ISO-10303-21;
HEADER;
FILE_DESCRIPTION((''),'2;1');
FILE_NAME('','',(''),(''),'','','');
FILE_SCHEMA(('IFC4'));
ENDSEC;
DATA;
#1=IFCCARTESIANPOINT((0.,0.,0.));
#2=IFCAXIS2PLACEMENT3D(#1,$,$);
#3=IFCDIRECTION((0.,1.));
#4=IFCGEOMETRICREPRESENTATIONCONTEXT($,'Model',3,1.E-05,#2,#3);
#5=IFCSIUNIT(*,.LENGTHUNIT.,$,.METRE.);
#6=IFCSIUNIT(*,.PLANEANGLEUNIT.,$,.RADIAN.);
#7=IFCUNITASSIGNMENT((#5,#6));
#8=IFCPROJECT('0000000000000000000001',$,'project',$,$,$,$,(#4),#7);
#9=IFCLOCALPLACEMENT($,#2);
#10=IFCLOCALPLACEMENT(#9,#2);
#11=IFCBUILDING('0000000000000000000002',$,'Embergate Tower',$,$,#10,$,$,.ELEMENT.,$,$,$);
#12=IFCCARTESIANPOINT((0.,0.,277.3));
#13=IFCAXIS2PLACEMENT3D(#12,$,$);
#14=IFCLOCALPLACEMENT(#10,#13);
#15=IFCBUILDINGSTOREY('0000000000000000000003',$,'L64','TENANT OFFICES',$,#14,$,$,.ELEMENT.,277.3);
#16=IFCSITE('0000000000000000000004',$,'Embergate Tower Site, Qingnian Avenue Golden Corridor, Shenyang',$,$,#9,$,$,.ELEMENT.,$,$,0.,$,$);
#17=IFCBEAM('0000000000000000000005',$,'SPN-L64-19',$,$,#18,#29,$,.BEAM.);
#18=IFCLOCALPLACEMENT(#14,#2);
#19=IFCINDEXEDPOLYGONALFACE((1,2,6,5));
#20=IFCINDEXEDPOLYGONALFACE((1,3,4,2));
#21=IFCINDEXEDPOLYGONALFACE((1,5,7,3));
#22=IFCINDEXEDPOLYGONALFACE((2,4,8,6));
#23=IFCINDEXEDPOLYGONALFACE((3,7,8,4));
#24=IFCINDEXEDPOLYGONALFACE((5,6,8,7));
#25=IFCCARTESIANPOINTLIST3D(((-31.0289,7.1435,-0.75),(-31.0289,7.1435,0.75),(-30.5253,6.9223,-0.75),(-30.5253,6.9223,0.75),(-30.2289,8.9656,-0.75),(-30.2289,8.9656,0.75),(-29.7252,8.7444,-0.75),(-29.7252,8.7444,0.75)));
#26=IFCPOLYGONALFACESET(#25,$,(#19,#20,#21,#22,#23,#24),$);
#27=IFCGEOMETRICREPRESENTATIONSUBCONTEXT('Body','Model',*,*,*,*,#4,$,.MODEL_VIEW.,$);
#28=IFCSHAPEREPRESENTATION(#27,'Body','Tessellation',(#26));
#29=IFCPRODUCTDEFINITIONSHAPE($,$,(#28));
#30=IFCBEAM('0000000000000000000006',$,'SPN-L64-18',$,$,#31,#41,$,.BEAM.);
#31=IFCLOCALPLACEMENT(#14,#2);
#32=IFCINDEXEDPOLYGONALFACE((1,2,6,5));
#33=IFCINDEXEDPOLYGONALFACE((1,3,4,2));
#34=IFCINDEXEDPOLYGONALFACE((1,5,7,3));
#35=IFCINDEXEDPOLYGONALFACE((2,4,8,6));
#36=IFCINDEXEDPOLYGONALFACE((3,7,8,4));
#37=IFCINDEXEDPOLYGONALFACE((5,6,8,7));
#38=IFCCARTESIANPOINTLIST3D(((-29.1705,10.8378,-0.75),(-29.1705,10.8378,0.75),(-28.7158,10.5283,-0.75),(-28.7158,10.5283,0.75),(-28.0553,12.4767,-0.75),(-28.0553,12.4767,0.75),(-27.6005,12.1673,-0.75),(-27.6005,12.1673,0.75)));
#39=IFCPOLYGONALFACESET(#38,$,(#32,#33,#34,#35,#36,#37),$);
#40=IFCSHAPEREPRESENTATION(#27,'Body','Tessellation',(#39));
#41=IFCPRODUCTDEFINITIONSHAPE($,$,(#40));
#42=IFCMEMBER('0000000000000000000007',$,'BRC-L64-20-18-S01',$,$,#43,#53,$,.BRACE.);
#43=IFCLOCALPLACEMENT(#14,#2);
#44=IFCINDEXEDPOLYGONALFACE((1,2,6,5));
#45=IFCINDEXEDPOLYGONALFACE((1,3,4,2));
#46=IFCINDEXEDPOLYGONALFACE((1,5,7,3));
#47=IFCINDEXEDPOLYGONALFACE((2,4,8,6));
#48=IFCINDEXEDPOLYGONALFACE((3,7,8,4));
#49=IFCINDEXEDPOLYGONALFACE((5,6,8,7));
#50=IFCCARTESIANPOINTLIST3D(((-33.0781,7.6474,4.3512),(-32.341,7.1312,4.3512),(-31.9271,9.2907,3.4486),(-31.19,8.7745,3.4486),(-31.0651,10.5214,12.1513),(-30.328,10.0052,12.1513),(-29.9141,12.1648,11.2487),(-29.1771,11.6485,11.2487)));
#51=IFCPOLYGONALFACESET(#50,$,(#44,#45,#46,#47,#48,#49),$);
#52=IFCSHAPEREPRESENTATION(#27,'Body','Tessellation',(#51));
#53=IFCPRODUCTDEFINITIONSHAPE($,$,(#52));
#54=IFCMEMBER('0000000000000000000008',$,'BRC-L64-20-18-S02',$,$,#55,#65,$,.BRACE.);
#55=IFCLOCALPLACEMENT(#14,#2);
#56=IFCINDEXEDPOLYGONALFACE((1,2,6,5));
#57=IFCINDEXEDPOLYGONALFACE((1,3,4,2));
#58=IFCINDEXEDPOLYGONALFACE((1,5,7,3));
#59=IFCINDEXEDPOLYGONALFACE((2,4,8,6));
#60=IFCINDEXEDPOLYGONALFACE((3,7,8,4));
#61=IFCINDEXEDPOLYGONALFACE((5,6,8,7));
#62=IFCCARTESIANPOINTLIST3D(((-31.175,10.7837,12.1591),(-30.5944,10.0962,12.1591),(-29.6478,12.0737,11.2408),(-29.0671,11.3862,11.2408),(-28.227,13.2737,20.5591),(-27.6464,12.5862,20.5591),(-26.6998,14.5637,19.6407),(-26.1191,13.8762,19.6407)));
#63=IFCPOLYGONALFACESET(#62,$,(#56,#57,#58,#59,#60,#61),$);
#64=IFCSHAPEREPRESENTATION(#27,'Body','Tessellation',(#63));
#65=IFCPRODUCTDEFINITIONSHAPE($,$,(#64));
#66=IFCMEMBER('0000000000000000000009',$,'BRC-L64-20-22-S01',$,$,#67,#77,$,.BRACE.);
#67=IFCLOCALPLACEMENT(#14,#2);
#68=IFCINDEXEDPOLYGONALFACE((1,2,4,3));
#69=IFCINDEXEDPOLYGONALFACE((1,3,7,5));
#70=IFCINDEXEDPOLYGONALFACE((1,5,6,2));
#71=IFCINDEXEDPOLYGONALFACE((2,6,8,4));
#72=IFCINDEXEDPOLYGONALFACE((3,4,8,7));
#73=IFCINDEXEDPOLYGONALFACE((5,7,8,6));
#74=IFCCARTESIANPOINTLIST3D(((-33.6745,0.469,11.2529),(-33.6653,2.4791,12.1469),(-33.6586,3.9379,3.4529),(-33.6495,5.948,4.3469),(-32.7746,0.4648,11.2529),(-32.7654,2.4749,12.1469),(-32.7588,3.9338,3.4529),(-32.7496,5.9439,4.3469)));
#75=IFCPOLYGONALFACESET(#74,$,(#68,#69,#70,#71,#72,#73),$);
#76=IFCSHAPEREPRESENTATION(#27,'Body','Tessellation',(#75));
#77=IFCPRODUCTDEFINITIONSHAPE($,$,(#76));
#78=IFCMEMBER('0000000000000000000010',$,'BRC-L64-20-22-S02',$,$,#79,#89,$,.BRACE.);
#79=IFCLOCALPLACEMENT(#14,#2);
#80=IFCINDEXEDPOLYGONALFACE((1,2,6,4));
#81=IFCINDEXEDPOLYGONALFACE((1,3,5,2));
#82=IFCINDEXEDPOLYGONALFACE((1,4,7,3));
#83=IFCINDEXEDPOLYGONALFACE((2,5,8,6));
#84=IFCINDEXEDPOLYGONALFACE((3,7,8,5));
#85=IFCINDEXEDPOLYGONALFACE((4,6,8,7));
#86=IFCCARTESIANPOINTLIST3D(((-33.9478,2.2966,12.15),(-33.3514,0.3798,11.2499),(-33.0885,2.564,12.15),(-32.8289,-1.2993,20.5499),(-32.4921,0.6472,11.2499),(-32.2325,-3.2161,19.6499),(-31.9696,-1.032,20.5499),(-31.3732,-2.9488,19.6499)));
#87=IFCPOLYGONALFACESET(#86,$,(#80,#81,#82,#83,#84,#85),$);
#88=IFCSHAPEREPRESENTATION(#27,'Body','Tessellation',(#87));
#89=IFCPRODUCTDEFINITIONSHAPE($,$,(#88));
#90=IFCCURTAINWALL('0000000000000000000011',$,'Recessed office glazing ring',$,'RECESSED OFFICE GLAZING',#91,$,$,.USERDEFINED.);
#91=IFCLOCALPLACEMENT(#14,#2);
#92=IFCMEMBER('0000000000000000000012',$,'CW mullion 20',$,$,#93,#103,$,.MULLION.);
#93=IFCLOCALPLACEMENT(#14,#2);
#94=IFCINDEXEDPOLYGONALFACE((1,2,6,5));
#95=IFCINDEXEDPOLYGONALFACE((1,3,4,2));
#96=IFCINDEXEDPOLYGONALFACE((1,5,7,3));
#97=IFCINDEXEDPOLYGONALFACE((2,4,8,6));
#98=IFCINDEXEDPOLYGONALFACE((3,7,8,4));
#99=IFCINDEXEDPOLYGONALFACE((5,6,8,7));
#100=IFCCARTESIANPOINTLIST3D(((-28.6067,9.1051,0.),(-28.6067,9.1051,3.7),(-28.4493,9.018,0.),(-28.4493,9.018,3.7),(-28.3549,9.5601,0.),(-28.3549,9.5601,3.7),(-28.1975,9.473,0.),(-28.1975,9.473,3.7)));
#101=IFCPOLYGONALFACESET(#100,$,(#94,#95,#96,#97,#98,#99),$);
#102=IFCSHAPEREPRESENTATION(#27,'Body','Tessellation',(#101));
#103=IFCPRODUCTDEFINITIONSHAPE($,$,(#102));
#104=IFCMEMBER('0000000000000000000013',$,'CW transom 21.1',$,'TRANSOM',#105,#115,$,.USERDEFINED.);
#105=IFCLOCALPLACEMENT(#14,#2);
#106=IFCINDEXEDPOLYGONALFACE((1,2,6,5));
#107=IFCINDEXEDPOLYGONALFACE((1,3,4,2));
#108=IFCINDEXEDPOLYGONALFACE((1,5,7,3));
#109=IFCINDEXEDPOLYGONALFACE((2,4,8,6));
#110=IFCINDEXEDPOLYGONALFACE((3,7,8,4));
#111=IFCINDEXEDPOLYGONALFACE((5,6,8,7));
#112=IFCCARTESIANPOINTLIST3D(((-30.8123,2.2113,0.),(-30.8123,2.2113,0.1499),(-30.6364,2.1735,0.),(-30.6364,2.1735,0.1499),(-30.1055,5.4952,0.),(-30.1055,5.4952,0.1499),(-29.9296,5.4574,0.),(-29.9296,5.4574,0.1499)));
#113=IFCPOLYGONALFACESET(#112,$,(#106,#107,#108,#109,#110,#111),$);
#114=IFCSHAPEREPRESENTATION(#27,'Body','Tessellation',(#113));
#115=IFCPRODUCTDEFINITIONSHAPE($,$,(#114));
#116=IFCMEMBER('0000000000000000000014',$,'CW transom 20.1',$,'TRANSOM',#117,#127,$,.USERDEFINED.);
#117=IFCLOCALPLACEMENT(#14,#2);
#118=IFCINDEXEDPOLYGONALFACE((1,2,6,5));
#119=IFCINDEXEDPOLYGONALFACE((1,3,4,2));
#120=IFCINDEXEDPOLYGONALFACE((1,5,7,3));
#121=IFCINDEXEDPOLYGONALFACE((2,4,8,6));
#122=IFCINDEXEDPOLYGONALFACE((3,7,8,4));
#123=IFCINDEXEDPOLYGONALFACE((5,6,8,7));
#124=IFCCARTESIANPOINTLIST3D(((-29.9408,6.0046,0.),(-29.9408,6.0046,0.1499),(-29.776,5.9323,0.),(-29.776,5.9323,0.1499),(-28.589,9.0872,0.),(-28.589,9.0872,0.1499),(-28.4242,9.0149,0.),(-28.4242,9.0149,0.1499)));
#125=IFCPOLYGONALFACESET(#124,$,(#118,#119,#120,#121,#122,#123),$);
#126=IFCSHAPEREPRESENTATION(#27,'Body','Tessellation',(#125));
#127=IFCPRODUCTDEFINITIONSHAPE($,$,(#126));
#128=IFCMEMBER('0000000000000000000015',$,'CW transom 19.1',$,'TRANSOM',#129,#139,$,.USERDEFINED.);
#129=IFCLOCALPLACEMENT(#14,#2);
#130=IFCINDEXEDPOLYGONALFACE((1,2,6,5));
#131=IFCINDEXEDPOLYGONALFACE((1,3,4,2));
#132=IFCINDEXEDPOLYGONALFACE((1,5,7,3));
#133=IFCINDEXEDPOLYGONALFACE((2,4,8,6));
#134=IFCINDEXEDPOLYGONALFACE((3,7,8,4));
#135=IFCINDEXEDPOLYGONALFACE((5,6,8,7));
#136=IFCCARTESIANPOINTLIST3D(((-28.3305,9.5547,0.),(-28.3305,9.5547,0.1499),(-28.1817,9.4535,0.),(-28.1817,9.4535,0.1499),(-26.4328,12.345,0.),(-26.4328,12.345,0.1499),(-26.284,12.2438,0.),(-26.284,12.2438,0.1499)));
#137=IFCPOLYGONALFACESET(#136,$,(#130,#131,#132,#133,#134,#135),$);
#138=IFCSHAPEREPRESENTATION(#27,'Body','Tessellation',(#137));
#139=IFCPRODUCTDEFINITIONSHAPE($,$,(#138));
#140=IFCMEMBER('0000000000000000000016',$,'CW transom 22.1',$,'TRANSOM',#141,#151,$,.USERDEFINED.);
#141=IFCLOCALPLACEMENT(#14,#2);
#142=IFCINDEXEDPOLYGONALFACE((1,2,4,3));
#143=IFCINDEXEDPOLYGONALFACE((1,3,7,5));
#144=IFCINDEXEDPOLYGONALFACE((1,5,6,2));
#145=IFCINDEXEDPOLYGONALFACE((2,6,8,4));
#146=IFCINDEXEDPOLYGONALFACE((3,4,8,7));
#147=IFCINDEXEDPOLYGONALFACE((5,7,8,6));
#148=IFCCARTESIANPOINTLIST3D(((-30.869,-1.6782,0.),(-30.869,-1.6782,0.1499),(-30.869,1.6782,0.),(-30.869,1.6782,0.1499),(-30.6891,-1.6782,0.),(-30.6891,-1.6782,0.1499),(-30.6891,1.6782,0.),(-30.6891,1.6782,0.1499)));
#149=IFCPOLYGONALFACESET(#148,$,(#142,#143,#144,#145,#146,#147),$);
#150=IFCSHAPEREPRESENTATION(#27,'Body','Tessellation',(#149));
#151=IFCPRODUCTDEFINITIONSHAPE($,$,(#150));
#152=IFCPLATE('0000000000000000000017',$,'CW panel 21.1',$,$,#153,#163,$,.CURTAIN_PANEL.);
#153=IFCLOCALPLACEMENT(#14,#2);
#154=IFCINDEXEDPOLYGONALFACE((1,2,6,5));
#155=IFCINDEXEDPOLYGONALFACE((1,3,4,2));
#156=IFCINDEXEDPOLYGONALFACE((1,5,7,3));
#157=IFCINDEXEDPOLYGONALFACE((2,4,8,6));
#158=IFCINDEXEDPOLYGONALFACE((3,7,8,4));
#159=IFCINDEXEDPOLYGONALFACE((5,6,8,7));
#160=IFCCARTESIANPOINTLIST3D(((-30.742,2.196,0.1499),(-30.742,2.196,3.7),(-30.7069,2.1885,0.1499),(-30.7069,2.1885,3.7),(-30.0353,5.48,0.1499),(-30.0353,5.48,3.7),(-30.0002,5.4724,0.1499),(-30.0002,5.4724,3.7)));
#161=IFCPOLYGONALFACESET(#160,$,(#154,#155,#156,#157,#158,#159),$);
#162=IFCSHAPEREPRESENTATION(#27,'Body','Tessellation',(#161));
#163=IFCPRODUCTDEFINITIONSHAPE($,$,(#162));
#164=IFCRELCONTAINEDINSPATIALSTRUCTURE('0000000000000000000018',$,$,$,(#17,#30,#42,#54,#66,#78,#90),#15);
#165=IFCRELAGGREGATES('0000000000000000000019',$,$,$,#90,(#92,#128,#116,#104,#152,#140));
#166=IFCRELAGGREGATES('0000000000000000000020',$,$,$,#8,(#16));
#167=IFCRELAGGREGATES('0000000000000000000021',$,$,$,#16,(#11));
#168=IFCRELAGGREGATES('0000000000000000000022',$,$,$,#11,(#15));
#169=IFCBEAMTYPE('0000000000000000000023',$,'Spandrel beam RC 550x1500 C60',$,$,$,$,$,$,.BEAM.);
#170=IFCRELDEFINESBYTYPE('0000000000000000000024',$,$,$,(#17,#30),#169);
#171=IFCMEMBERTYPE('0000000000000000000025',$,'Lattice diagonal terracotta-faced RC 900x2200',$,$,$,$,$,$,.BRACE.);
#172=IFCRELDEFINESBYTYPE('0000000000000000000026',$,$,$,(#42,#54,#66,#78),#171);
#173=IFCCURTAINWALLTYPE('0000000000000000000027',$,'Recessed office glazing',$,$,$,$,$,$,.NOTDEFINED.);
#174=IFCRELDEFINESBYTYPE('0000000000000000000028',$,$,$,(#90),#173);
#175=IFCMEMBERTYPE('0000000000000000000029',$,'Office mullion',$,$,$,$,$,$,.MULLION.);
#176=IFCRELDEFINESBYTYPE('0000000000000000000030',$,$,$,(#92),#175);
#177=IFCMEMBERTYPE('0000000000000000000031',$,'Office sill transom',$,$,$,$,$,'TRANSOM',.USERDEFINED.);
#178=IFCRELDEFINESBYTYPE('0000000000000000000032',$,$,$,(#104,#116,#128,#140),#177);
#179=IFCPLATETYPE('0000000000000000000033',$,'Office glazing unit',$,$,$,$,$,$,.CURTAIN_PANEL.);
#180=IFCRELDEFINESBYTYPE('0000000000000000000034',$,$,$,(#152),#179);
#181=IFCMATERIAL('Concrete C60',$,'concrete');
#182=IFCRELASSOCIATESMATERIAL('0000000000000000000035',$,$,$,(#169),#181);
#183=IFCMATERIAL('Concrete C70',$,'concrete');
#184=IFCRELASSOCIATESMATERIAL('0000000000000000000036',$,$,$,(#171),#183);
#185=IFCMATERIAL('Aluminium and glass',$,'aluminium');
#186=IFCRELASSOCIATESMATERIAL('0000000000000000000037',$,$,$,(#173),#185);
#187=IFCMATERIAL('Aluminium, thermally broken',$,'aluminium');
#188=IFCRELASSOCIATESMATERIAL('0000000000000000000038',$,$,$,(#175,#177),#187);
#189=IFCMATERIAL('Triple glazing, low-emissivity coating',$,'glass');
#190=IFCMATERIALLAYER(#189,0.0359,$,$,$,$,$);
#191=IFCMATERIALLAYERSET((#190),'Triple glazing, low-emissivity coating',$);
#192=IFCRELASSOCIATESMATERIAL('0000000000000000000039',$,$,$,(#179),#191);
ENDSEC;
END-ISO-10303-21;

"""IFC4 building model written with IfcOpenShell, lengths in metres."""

from ifc_helpers import new_model, si_unit, direction, frame, origin, origin_2d, place, context, subcontext, project, spatial, rectangle, extrude, source, transform, mapped, material, layer, layer_set, material_profile, profile_set, type_object, element, aggregate, save


model = new_model("IFC4")

# Units and contexts
model_context = context("Model", 3, precision=1e-05, world=origin(), true_north=direction((0.0, 1.0)))
body_context = subcontext(model_context, "Body", "Model", "MODEL_VIEW")
ifc_project = project(units=[si_unit("LENGTHUNIT", "METRE"), si_unit("PLANEANGLEUNIT", "RADIAN")], contexts=[model_context])

# Site, building, storey
site_placement = place(None, origin())
site = spatial("IfcSite", under=ifc_project, at=site_placement, Name="Embergate Tower Site, Qingnian Avenue Golden Corridor, Shenyang", CompositionType="ELEMENT", RefElevation=0.0)
building_placement = place(site_placement, origin())
building = spatial("IfcBuilding", under=site, at=building_placement, Name="Embergate Tower", CompositionType="ELEMENT")
storey_placement = place(building_placement, frame((0.0, 0.0, 277.3)))
storey = spatial("IfcBuildingStorey", under=building, at=storey_placement, Name="L64", Description="TENANT OFFICES", CompositionType="ELEMENT", Elevation=277.3)

# Beams
ifc_material_1 = material(Name="Concrete C60", Category="concrete")
ifc_material_profile_1 = material_profile(ifc_material_1, rectangle(XDim=0.55, YDim=1.5, at=origin_2d()), Name="RC 550x1500")
ifc_profile_set_1 = profile_set([ifc_material_profile_1], Name="Concrete C60")
beam_type = type_object("IfcBeamType", Name="Spandrel beam RC 550x1500 C60", PredefinedType="BEAM", material=ifc_profile_set_1)
shared_shape_1 = source(origin(), body_context, "Body", "SweptSolid", [
    extrude(rectangle(XDim=0.55, YDim=1.5, at=origin_2d()), origin(), (0.0, 0.0, 1.0), 1.99),
])
beam_1_placement = place(storey_placement, frame((-29.9771, 8.855, 0.0), z_axis=(-0.402048, -0.915619, 0.0), x_axis=(0.915619, -0.402048, 0.0)))
element("IfcBeam", 1, at=beam_1_placement, inside=storey, type_object=beam_type, Name="SPN-L64-19", PredefinedType="BEAM", context=body_context, shape_type="MappedRepresentation", body=[
    mapped(shared_shape_1, transform((0.0, 0.0, 0.0))),
])
shared_shape_2 = source(origin(), body_context, "Body", "SweptSolid", [
    extrude(rectangle(XDim=0.55, YDim=1.5, at=origin_2d()), origin(), (0.0, 0.0, 1.0), 1.9824),
])
beam_2_placement = place(storey_placement, frame((-27.8279, 12.322, 0.0), z_axis=(-0.562576, -0.826745, 0.0), x_axis=(0.826745, -0.562576, 0.0)))
element("IfcBeam", 2, at=beam_2_placement, inside=storey, type_object=beam_type, Name="SPN-L64-18", PredefinedType="BEAM", context=body_context, shape_type="MappedRepresentation", body=[
    mapped(shared_shape_2, transform((0.0, 0.0, 0.0))),
])

# Members
ifc_material_2 = material(Name="Concrete C70", Category="concrete")
ifc_material_profile_2 = material_profile(ifc_material_2, rectangle(XDim=0.8999, YDim=2.2, at=origin_2d()), Name="RC 900x2200")
ifc_profile_set_2 = profile_set([ifc_material_profile_2], Name="Concrete C70")
member_type_1 = type_object("IfcMemberType", Name="Lattice diagonal terracotta-faced RC 900x2200", PredefinedType="BRACE", material=ifc_profile_set_2)
shared_shape_3 = source(origin(), body_context, "Body", "SweptSolid", [
    extrude(rectangle(XDim=0.8999, YDim=2.2, at=origin_2d()), origin(), (0.0, 0.0, 1.0), 8.553),
])
member_1_placement = place(storey_placement, frame((-32.134, 8.2109, 3.8999), z_axis=(0.235351, 0.336028, 0.911973), x_axis=(-0.819082, 0.573677, 0.0)))
element("IfcMember", 3, at=member_1_placement, inside=storey, type_object=member_type_1, Name="BRC-L64-20-18-S01", PredefinedType="BRACE", context=body_context, shape_type="MappedRepresentation", body=[
    mapped(shared_shape_3, transform((0.0, 0.0, 0.0))),
])
shared_shape_4 = source(origin(), body_context, "Body", "SweptSolid", [
    extrude(rectangle(XDim=0.8999, YDim=2.2, at=origin_2d()), origin(), (0.0, 0.0, 1.0), 9.2439),
])
member_2_placement = place(storey_placement, frame((-30.1211, 11.085, 11.7), z_axis=(0.318914, 0.269367, 0.9087), x_axis=(-0.645267, 0.763957, 0.0)))
element("IfcMember", 4, at=member_2_placement, inside=storey, type_object=member_type_1, Name="BRC-L64-20-18-S02", PredefinedType="BRACE", context=body_context, shape_type="MappedRepresentation", body=[
    mapped(shared_shape_4, transform((0.0, 0.0, 0.0))),
])
shared_shape_5 = source(origin(), body_context, "Body", "SweptSolid", [
    extrude(rectangle(XDim=0.8999, YDim=2.2, at=origin_2d()), origin(), (0.0, 0.0, 1.0), 8.5366),
])
member_3_placement = place(storey_placement, frame((-33.2041, 4.9409, 3.8999), z_axis=(-0.001859, -0.406363, 0.91371), x_axis=(0.99999, -0.004575, 0.0)))
element("IfcMember", 5, at=member_3_placement, inside=storey, type_object=member_type_1, Name="BRC-L64-20-22-S01", PredefinedType="BRACE", context=body_context, shape_type="MappedRepresentation", body=[
    mapped(shared_shape_5, transform((0.0, 0.0, 0.0))),
])
shared_shape_6 = source(origin(), body_context, "Body", "SweptSolid", [
    extrude(rectangle(XDim=0.8999, YDim=2.2, at=origin_2d()), origin(), (0.0, 0.0, 1.0), 9.2056),
])
member_4_placement = place(storey_placement, frame((-33.22, 1.4719, 11.7), z_axis=(0.121547, -0.390631, 0.912488), x_axis=(0.954845, 0.297105, 0.0)))
element("IfcMember", 6, at=member_4_placement, inside=storey, type_object=member_type_1, Name="BRC-L64-20-22-S02", PredefinedType="BRACE", context=body_context, shape_type="MappedRepresentation", body=[
    mapped(shared_shape_6, transform((0.0, 0.0, 0.0))),
])

# Curtain wall, members, plate
ifc_material_3 = material(Name="Aluminium and glass", Category="aluminium")
curtain_wall_type = type_object("IfcCurtainWallType", Name="Recessed office glazing", PredefinedType="NOTDEFINED", material=ifc_material_3)
curtain_wall_placement = place(storey_placement, origin())
curtain_wall = element("IfcCurtainWall", 7, at=curtain_wall_placement, inside=storey, type_object=curtain_wall_type, Name="Recessed office glazing ring", ObjectType="RECESSED OFFICE GLAZING", PredefinedType="USERDEFINED")
ifc_material_4 = material(Name="Aluminium, thermally broken", Category="aluminium")
ifc_material_profile_3 = material_profile(ifc_material_4, rectangle(XDim=0.1799, YDim=0.52, at=origin_2d()), Name="AL 520x180")
ifc_profile_set_3 = profile_set([ifc_material_profile_3], Name="Aluminium, thermally broken")
member_type_2 = type_object("IfcMemberType", Name="Office mullion", PredefinedType="MULLION", material=ifc_profile_set_3)
shared_shape_7 = source(origin(), body_context, "Body", "SweptSolid", [
    extrude(rectangle(XDim=0.1799, YDim=0.52, at=origin_2d()), origin(), (0.0, 0.0, 1.0), 3.7),
])
member_5_placement = place(storey_placement, frame((-28.4021, 9.2891, 0.0), z_axis=(0.0, 0.0, 1.0), x_axis=(0.874993, -0.484136, 0.0)))
member_5 = element("IfcMember", 8, at=member_5_placement, type_object=member_type_2, Name="CW mullion 20", PredefinedType="MULLION", context=body_context, shape_type="MappedRepresentation", body=[
    mapped(shared_shape_7, transform((0.0, 0.0, 0.0))),
])
ifc_material_profile_4 = material_profile(ifc_material_4, rectangle(XDim=0.1799, YDim=0.1499, at=origin_2d()), Name="AL 150x180")
ifc_profile_set_4 = profile_set([ifc_material_profile_4], Name="Aluminium, thermally broken")
member_type_3 = type_object("IfcMemberType", Name="Office sill transom", ElementType="TRANSOM", PredefinedType="USERDEFINED", material=ifc_profile_set_4)
shared_shape_8 = source(origin(), body_context, "Body", "SweptSolid", [
    extrude(rectangle(XDim=0.1799, YDim=0.1499, at=origin_2d()), origin(), (0.0, 0.0, 1.0), 3.3591),
])
member_6_placement = place(storey_placement, frame((-30.0176, 5.4763, 0.075), z_axis=(-0.210408, -0.977614, 0.0), x_axis=(0.977614, -0.210408, 0.0)))
member_6 = element("IfcMember", 9, at=member_6_placement, type_object=member_type_3, Name="CW transom 21.1", ObjectType="TRANSOM", PredefinedType="USERDEFINED", context=body_context, shape_type="MappedRepresentation", body=[
    mapped(shared_shape_8, transform((0.0, 0.0, 0.0))),
])
shared_shape_9 = source(origin(), body_context, "Body", "SweptSolid", [
    extrude(rectangle(XDim=0.1799, YDim=0.1499, at=origin_2d()), origin(), (0.0, 0.0, 1.0), 3.366),
])
member_7_placement = place(storey_placement, frame((-28.5066, 9.051, 0.075), z_axis=(-0.401618, -0.915807, 0.0), x_axis=(0.915807, -0.401618, 0.0)))
member_7 = element("IfcMember", 10, at=member_7_placement, type_object=member_type_3, Name="CW transom 20.1", ObjectType="TRANSOM", PredefinedType="USERDEFINED", context=body_context, shape_type="MappedRepresentation", body=[
    mapped(shared_shape_9, transform((0.0, 0.0, 0.0))),
])
shared_shape_10 = source(origin(), body_context, "Body", "SweptSolid", [
    extrude(rectangle(XDim=0.1799, YDim=0.1499, at=origin_2d()), origin(), (0.0, 0.0, 1.0), 3.3745),
])
member_8_placement = place(storey_placement, frame((-26.3584, 12.2944, 0.075), z_axis=(-0.562373, -0.826883, 0.0), x_axis=(0.826883, -0.562373, 0.0)))
member_8 = element("IfcMember", 11, at=member_8_placement, type_object=member_type_3, Name="CW transom 19.1", ObjectType="TRANSOM", PredefinedType="USERDEFINED", context=body_context, shape_type="MappedRepresentation", body=[
    mapped(shared_shape_10, transform((0.0, 0.0, 0.0))),
])
shared_shape_11 = source(origin(), body_context, "Body", "SweptSolid", [
    extrude(rectangle(XDim=0.1799, YDim=0.1499, at=origin_2d()), origin(), (0.0, 0.0, 1.0), 3.3564),
])
member_9_placement = place(storey_placement, frame((-30.7791, 1.6782, 0.075), z_axis=(0.0, -1.0, 0.0), x_axis=(1.0, 0.0, 0.0)))
member_9 = element("IfcMember", 12, at=member_9_placement, type_object=member_type_3, Name="CW transom 22.1", ObjectType="TRANSOM", PredefinedType="USERDEFINED", context=body_context, shape_type="MappedRepresentation", body=[
    mapped(shared_shape_11, transform((0.0, 0.0, 0.0))),
])
ifc_material_5 = material(Name="Triple glazing, low-emissivity coating", Category="glass")
ifc_layer_1 = layer(ifc_material_5, 0.0359)
ifc_layer_set_1 = layer_set([ifc_layer_1], Name="Triple glazing, low-emissivity coating")
plate_type = type_object("IfcPlateType", Name="Office glazing unit", PredefinedType="CURTAIN_PANEL", material=ifc_layer_set_1)
shared_shape_12 = source(origin(), body_context, "Body", "SweptSolid", [
    extrude(rectangle(XDim=3.3591, YDim=0.0359, at=origin_2d()), origin(), (0.0, 0.0, 1.0), 3.55),
])
plate_1_placement = place(storey_placement, frame((-30.3711, 3.8342, 0.1499), z_axis=(0.0, 0.0, 1.0), x_axis=(-0.210402, -0.977615, 0.0)))
plate_1 = element("IfcPlate", 13, at=plate_1_placement, type_object=plate_type, Name="CW panel 21.1", PredefinedType="CURTAIN_PANEL", context=body_context, shape_type="MappedRepresentation", body=[
    mapped(shared_shape_12, transform((0.0, 0.0, 0.0))),
])
aggregate(curtain_wall, [member_5, member_8, member_7, member_6, plate_1, member_9])

save(model, "model.ifc")
